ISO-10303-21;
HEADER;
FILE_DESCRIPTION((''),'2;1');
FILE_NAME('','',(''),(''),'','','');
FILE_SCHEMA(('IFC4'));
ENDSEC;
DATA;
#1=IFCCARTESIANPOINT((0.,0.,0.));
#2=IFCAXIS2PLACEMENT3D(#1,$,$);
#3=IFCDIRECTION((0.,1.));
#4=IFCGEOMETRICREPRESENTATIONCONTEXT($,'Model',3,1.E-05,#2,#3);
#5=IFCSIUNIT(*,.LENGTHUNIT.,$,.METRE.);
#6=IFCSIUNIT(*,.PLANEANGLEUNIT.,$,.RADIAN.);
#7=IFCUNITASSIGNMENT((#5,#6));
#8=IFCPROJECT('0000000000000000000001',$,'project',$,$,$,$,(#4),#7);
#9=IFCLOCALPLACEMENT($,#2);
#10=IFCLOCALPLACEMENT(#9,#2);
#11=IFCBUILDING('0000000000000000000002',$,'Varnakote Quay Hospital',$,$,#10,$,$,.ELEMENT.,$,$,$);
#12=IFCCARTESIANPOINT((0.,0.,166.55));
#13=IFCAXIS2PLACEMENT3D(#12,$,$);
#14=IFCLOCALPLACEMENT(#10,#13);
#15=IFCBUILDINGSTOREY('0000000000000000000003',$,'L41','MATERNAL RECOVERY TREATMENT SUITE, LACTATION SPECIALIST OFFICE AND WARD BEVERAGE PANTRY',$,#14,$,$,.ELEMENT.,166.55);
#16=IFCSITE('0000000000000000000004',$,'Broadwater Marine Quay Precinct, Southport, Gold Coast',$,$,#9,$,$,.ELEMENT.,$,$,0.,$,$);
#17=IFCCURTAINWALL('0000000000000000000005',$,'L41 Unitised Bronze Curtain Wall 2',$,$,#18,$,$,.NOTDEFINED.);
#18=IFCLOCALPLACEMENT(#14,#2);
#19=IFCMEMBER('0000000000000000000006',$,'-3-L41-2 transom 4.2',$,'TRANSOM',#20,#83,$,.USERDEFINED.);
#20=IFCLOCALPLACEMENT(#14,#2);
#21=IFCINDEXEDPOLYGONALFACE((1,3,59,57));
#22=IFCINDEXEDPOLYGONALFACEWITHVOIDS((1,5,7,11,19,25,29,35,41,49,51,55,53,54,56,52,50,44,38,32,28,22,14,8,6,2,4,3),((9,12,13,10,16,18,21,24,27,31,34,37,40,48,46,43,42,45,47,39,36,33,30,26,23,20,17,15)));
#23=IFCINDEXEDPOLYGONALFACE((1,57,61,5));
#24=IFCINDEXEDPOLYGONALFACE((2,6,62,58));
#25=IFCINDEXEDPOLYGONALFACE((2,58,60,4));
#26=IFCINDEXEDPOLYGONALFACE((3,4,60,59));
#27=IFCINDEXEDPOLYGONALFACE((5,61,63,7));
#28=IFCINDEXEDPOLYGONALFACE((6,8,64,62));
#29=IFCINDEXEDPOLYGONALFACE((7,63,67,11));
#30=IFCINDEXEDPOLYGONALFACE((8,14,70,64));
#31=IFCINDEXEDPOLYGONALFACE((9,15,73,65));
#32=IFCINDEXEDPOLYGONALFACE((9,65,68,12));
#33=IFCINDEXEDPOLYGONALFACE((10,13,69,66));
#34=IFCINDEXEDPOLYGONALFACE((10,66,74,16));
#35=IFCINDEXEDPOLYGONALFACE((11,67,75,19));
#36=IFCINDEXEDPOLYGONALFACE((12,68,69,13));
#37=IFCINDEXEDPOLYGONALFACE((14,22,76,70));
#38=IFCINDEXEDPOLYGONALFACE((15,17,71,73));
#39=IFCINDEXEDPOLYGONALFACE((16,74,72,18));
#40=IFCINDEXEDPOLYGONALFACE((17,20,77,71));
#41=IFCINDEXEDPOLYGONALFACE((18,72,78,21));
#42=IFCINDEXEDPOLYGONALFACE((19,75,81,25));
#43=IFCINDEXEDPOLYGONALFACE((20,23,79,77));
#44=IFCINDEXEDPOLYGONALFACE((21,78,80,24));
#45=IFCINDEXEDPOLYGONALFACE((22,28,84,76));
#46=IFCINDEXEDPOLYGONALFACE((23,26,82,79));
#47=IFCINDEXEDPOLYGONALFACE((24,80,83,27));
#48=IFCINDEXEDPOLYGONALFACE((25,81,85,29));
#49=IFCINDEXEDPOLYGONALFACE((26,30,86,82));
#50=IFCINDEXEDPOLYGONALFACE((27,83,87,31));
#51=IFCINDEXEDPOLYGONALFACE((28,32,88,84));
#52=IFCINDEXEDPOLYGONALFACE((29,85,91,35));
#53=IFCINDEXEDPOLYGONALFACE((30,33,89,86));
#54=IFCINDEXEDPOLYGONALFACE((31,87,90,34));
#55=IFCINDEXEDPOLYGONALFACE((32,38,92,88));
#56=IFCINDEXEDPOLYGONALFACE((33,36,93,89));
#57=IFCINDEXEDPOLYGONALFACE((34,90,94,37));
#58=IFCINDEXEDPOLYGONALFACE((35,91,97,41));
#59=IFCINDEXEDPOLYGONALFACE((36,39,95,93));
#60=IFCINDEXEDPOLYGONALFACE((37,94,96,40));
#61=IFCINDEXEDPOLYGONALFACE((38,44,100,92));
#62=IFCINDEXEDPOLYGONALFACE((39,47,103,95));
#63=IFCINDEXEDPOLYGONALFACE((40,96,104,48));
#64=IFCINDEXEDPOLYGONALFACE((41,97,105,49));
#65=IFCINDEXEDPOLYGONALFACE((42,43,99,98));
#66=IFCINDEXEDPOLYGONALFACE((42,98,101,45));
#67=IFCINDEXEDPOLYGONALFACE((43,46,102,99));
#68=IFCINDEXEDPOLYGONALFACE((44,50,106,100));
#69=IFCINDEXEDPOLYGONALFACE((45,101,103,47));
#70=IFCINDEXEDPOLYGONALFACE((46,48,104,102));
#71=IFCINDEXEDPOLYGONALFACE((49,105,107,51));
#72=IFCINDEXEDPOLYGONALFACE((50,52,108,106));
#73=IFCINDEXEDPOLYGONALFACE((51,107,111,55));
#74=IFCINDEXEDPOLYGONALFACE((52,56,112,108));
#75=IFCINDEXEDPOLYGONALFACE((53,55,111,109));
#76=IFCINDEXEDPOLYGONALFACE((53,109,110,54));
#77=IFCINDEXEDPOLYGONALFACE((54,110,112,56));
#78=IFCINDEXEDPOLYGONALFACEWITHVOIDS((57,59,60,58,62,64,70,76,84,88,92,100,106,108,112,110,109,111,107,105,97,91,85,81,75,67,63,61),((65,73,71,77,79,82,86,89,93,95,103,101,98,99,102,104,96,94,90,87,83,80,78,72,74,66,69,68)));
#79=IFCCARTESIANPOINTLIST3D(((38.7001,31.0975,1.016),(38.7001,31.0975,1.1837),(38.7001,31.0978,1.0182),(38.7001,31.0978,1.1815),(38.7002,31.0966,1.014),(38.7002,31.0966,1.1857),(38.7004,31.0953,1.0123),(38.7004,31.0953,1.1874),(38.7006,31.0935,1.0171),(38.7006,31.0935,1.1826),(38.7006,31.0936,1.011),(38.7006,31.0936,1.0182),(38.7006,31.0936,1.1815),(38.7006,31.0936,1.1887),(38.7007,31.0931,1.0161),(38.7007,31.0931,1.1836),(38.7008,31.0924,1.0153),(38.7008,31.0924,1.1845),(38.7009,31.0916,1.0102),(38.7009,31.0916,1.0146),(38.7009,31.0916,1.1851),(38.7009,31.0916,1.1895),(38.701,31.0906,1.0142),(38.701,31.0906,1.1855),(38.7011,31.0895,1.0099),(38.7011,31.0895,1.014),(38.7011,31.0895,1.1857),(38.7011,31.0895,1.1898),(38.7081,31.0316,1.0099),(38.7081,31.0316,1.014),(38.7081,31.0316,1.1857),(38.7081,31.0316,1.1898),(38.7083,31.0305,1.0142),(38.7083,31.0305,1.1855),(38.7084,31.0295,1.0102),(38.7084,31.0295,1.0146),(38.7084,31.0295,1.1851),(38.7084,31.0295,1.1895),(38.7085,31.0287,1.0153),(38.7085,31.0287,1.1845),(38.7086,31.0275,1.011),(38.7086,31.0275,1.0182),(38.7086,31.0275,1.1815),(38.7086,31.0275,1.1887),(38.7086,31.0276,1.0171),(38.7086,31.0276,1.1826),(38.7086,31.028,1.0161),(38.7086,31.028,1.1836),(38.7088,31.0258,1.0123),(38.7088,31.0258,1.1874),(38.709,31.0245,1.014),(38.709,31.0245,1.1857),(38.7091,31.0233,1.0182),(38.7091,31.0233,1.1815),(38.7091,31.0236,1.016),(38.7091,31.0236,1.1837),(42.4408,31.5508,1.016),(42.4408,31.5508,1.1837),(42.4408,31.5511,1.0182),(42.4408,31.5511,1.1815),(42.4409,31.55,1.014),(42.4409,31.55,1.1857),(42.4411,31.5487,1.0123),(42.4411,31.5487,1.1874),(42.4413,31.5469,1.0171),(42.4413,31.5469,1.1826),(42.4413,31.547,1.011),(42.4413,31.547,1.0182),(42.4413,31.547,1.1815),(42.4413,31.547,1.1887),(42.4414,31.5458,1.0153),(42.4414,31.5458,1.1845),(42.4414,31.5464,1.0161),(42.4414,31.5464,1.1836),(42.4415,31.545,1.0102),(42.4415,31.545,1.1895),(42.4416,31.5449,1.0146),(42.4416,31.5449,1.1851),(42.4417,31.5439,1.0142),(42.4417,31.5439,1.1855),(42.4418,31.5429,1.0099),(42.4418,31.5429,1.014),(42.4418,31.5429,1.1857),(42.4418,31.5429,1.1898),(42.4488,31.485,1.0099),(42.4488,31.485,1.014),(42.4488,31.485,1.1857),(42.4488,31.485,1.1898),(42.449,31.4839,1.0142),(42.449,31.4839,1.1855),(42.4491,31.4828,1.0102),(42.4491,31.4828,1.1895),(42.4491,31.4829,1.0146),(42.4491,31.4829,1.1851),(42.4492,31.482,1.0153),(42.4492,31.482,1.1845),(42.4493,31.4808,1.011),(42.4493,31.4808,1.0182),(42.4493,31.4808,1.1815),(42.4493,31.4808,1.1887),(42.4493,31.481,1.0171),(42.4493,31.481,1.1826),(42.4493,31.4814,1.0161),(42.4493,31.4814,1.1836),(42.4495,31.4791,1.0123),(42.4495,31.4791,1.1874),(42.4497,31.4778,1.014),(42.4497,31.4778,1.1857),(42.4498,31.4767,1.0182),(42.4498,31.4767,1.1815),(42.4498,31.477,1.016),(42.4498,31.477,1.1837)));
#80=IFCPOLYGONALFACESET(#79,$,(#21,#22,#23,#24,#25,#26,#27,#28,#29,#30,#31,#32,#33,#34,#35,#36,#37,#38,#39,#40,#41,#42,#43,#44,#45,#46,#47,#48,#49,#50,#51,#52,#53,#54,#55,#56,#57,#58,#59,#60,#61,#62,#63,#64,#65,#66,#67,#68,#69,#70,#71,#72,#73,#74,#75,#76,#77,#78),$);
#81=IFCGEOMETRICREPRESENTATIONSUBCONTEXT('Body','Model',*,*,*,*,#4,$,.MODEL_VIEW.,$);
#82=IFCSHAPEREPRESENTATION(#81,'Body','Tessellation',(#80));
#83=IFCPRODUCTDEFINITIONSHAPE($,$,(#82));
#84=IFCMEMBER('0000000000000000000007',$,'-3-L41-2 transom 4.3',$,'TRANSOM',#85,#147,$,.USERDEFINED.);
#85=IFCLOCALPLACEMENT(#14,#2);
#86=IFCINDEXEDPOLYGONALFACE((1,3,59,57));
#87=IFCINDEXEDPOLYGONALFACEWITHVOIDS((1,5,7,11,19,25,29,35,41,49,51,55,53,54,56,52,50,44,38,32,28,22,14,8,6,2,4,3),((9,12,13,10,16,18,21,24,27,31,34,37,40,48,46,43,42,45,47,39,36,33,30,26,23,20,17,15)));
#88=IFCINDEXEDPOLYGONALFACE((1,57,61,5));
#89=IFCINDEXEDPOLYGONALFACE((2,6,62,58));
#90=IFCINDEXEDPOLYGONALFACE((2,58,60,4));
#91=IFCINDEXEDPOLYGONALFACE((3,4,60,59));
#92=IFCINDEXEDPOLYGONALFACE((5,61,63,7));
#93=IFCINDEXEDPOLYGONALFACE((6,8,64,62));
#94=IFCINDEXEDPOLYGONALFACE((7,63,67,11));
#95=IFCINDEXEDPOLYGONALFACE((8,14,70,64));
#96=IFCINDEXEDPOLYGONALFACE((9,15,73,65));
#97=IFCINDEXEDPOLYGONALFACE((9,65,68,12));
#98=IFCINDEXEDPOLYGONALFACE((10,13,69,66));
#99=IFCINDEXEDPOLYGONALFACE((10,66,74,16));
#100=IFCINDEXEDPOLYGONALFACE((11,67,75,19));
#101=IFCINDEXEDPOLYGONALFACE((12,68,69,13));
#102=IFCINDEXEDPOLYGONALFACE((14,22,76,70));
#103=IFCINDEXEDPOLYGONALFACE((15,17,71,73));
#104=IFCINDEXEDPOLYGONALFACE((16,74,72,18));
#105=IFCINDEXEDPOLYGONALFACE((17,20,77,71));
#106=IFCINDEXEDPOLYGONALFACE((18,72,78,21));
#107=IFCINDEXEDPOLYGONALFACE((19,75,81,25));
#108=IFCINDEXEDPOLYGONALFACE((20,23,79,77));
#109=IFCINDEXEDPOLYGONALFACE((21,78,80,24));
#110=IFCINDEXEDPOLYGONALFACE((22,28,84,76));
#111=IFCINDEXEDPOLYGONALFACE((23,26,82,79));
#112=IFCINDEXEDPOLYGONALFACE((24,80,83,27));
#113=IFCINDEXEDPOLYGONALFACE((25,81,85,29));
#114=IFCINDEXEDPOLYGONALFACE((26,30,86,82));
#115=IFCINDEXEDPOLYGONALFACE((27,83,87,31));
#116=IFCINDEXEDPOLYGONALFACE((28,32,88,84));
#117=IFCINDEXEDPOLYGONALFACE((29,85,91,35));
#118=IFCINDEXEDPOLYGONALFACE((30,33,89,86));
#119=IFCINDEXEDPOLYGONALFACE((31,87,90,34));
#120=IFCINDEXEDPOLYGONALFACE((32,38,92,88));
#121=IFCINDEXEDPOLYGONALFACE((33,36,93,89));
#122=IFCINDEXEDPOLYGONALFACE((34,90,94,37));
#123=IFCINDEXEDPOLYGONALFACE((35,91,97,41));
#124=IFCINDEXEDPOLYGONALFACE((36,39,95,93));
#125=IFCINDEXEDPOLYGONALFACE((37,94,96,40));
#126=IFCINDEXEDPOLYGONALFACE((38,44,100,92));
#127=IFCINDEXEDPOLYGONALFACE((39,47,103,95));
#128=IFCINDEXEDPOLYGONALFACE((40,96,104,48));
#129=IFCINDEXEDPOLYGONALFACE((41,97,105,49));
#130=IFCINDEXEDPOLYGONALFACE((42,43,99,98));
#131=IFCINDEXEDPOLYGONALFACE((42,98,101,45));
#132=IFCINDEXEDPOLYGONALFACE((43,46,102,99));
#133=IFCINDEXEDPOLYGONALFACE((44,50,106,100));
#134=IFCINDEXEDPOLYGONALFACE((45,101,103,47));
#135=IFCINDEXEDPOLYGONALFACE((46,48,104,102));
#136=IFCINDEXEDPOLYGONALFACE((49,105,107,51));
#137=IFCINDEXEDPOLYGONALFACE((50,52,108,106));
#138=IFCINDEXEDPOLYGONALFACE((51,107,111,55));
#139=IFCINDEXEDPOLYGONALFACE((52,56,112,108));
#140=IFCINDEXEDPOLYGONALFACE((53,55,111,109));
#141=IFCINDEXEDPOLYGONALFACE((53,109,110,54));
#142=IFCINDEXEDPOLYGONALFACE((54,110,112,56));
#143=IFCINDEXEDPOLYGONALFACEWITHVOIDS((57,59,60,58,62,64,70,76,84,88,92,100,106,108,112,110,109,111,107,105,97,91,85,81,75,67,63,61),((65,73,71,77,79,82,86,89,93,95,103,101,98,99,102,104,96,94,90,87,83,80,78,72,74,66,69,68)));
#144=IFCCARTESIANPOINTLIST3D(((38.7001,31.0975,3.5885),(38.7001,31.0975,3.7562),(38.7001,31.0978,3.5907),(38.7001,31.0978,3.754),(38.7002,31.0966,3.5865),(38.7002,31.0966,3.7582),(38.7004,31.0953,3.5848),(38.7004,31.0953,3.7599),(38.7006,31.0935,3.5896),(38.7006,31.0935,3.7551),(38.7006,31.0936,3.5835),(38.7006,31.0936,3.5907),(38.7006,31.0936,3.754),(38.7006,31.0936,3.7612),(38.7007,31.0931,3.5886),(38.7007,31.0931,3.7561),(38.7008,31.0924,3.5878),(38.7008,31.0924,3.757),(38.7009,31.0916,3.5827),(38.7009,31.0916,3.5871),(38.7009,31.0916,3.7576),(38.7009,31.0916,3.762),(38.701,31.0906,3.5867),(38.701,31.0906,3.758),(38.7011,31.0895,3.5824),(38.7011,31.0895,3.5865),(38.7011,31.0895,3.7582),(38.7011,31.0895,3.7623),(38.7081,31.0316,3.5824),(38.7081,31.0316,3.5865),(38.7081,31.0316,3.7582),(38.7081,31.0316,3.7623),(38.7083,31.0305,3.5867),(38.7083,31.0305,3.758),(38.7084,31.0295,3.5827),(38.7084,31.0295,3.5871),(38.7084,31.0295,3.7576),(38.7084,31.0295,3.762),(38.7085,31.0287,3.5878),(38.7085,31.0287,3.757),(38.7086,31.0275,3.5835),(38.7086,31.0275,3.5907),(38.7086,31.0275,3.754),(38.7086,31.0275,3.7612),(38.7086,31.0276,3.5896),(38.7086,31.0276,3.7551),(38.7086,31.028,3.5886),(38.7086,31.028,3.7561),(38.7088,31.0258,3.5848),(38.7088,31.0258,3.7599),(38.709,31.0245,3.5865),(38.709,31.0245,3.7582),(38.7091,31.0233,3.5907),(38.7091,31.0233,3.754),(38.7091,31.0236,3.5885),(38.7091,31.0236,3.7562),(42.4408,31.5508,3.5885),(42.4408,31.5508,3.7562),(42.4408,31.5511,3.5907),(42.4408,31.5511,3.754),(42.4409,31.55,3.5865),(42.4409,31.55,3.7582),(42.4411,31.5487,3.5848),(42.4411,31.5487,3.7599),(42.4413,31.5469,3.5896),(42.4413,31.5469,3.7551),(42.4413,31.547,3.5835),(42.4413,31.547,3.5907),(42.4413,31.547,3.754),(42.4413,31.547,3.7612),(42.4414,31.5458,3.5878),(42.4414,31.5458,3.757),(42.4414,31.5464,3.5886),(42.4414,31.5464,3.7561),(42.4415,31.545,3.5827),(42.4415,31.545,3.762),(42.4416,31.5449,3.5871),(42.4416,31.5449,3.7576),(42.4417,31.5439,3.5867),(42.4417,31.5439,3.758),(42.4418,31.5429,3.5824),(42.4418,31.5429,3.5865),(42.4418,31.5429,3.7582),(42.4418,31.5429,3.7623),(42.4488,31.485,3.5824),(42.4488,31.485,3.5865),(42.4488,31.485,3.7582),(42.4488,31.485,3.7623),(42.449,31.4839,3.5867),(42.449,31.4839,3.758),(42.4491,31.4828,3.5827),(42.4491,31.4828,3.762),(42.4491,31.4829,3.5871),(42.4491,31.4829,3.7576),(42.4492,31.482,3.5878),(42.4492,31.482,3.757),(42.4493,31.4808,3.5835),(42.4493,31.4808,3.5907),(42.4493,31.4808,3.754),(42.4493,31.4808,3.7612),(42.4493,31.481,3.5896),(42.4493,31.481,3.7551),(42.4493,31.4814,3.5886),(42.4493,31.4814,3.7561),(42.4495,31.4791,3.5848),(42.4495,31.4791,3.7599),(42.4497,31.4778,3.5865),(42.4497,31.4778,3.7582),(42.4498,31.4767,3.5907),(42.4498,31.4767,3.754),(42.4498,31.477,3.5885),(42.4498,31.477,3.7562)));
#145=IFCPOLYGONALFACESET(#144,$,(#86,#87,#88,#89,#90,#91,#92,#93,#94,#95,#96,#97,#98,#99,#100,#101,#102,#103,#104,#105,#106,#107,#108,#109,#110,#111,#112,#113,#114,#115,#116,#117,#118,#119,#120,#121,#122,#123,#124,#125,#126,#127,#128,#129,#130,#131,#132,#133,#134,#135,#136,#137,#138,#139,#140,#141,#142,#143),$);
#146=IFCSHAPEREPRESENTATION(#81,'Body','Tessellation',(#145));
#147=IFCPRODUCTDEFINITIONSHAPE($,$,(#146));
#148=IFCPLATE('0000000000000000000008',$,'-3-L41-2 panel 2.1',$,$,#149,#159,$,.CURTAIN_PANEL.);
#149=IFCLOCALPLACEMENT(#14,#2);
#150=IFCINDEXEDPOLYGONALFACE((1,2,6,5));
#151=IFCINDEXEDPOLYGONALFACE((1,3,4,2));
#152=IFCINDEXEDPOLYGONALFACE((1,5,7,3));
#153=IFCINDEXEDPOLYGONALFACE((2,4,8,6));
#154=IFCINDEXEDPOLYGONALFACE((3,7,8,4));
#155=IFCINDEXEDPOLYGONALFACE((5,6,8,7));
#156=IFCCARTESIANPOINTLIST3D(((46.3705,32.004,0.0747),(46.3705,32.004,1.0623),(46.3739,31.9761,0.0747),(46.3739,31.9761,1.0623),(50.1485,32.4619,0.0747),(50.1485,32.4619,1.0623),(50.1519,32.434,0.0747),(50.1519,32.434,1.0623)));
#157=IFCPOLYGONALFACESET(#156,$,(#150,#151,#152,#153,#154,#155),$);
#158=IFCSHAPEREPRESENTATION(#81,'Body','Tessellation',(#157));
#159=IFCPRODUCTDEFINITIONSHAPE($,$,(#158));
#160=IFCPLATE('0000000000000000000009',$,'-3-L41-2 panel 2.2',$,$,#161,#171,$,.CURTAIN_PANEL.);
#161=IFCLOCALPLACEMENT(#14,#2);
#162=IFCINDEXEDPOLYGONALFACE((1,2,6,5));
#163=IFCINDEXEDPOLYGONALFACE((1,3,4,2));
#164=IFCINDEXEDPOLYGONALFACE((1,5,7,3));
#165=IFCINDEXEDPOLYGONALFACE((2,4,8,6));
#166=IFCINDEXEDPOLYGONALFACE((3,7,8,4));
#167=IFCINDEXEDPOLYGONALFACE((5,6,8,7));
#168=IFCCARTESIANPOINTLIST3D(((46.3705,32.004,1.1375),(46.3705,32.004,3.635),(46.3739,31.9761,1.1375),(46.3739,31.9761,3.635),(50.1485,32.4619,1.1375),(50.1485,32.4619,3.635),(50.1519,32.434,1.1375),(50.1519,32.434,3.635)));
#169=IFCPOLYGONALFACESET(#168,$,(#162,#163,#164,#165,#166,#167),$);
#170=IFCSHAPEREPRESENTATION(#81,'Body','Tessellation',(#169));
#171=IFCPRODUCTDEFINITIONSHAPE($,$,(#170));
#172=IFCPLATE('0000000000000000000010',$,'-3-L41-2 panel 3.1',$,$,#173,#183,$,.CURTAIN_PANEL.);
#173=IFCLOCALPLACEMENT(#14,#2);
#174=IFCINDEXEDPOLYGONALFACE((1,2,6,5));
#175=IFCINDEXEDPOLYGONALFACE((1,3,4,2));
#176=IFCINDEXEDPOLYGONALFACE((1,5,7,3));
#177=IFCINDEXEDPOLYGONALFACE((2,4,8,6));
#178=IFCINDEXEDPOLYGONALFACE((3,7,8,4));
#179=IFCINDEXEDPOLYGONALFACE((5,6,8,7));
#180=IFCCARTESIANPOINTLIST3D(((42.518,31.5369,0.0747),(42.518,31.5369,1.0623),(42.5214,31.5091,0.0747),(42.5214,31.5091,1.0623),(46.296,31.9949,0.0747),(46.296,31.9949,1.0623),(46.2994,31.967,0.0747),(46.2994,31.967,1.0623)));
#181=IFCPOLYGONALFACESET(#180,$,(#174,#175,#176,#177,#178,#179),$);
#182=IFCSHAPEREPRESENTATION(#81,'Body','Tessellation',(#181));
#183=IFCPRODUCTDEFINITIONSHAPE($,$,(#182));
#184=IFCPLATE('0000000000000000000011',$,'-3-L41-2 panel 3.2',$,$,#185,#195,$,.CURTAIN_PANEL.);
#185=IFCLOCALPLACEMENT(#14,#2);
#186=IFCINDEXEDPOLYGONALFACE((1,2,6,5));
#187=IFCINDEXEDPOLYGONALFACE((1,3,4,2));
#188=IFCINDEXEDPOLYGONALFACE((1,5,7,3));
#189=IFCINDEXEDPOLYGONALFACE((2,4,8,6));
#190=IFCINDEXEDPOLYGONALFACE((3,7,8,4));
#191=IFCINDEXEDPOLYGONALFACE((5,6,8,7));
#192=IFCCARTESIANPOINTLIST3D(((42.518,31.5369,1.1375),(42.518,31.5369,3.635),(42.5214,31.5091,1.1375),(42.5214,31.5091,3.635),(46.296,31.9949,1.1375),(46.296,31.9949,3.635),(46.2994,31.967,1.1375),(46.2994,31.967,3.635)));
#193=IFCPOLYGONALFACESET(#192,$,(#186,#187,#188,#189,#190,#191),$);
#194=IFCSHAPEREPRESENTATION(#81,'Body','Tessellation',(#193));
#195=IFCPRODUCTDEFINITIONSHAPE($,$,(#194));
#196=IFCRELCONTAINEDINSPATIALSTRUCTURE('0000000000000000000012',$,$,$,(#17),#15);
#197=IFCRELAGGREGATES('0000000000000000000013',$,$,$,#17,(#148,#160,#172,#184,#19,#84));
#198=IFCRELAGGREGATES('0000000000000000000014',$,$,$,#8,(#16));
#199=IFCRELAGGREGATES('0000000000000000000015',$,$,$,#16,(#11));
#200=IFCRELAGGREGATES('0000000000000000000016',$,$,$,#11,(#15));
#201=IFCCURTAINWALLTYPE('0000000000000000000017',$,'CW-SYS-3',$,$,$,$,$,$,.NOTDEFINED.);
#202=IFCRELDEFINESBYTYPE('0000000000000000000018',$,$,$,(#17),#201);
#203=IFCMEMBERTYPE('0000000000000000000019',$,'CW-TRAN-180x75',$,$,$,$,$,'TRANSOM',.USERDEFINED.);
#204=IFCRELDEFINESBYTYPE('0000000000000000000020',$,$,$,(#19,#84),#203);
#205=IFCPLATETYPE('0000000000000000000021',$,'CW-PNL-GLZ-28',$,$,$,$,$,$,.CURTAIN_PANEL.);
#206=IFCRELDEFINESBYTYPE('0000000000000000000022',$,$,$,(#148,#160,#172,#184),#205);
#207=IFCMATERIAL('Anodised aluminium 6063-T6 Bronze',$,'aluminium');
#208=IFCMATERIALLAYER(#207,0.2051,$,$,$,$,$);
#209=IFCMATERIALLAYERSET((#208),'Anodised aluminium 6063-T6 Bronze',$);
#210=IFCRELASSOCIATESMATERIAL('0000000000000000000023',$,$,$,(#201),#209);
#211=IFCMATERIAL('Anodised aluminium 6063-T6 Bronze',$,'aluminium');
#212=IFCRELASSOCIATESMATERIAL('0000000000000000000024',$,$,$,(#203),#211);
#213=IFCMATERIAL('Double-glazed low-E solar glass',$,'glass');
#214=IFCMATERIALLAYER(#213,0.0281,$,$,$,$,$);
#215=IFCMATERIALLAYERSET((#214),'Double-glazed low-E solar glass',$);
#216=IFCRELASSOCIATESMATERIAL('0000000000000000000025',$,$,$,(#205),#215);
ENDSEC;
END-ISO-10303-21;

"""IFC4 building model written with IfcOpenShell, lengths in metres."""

from ifc_helpers import new_model, si_unit, direction, frame, origin, origin_2d, place, context, subcontext, project, spatial, rectangle, hollow_rectangle, extrude, material, layer, layer_set, material_profile, profile_set, type_object, element, aggregate, save


model = new_model("IFC4")

# Units and contexts
model_context = context("Model", 3, precision=1e-05, world=origin(), true_north=direction((0.0, 1.0)))
body_context = subcontext(model_context, "Body", "Model", "MODEL_VIEW")
ifc_project = project(units=[si_unit("LENGTHUNIT", "METRE"), si_unit("PLANEANGLEUNIT", "RADIAN")], contexts=[model_context])

# Site, building, storey
site_placement = place(None, origin())
site = spatial("IfcSite", under=ifc_project, at=site_placement, Name="Broadwater Marine Quay Precinct, Southport, Gold Coast", CompositionType="ELEMENT", RefElevation=0.0)
building_placement = place(site_placement, origin())
building = spatial("IfcBuilding", under=site, at=building_placement, Name="Varnakote Quay Hospital", CompositionType="ELEMENT")
storey_placement = place(building_placement, frame((0.0, 0.0, 166.55)))
storey = spatial("IfcBuildingStorey", under=building, at=storey_placement, Name="L41", Description="MATERNAL RECOVERY TREATMENT SUITE, LACTATION SPECIALIST OFFICE AND WARD BEVERAGE PANTRY", CompositionType="ELEMENT", Elevation=166.55)

# Curtain wall, members, plates
ifc_material_1 = material(Name="Anodised aluminium 6063-T6 Bronze", Category="aluminium")
ifc_layer_1 = layer(ifc_material_1, 0.2051)
ifc_layer_set_1 = layer_set([ifc_layer_1], Name="Anodised aluminium 6063-T6 Bronze")
curtain_wall_type = type_object("IfcCurtainWallType", Name="CW-SYS-3", PredefinedType="NOTDEFINED", material=ifc_layer_set_1)
curtain_wall_placement = place(storey_placement, origin())
curtain_wall = element("IfcCurtainWall", 1, at=curtain_wall_placement, inside=storey, type_object=curtain_wall_type, Name="L41 Unitised Bronze Curtain Wall 2", PredefinedType="NOTDEFINED")
ifc_material_2 = material(Name="Anodised aluminium 6063-T6 Bronze", Category="aluminium")
ifc_material_profile_1 = material_profile(ifc_material_2, hollow_rectangle(XDim=0.075, YDim=0.1799, WallThickness=0.0042, InnerFilletRadius=0.0042, OuterFilletRadius=0.0083, at=origin_2d()), Name="CW-TRAN-180x75")
ifc_profile_set_1 = profile_set([ifc_material_profile_1], Name="Anodised aluminium 6063-T6 Bronze")
member_type_1 = type_object("IfcMemberType", Name="CW-TRAN-180x75", ElementType="TRANSOM", PredefinedType="USERDEFINED", material=ifc_profile_set_1)
member_1_placement = place(storey_placement, frame((42.4453, 31.5139, 1.0999), z_axis=(-0.992735, -0.120318, 0.0), x_axis=(0.120318, -0.992735, 0.0)))
member_1 = element("IfcMember", 2, at=member_1_placement, type_object=member_type_1, Name="-3-L41-2 transom 4.2", ObjectType="TRANSOM", PredefinedType="USERDEFINED", context=body_context, shape_type="SweptSolid", body=[
    extrude(hollow_rectangle(XDim=0.075, YDim=0.1799, WallThickness=0.0042, InnerFilletRadius=0.0042, OuterFilletRadius=0.0083, at=origin_2d()), origin(), (0.0, 0.0, 1.0), 3.7681),
])
member_2_placement = place(storey_placement, frame((42.4453, 31.5139, 3.6724), z_axis=(-0.992735, -0.120318, 0.0), x_axis=(0.120318, -0.992735, 0.0)))
member_2 = element("IfcMember", 3, at=member_2_placement, type_object=member_type_1, Name="-3-L41-2 transom 4.3", ObjectType="TRANSOM", PredefinedType="USERDEFINED", context=body_context, shape_type="SweptSolid", body=[
    extrude(hollow_rectangle(XDim=0.075, YDim=0.1799, WallThickness=0.0042, InnerFilletRadius=0.0042, OuterFilletRadius=0.0083, at=origin_2d()), origin(), (0.0, 0.0, 1.0), 3.7681),
])
ifc_material_3 = material(Name="Double-glazed low-E solar glass", Category="glass")
ifc_layer_2 = layer(ifc_material_3, 0.0281)
ifc_layer_set_2 = layer_set([ifc_layer_2], Name="Double-glazed low-E solar glass")
plate_type = type_object("IfcPlateType", Name="CW-PNL-GLZ-28", PredefinedType="CURTAIN_PANEL", material=ifc_layer_set_2)
plate_1_placement = place(storey_placement, frame((48.2612, 32.219, 0.0747), z_axis=(0.0, 0.0, 1.0), x_axis=(-0.992734, -0.120327, 0.0)))
plate_1 = element("IfcPlate", 4, at=plate_1_placement, type_object=plate_type, Name="-3-L41-2 panel 2.1", PredefinedType="CURTAIN_PANEL", context=body_context, shape_type="SweptSolid", body=[
    extrude(rectangle(XDim=3.8057, YDim=0.0281, at=origin_2d()), origin(), (0.0, 0.0, 1.0), 0.9875),
])
plate_2_placement = place(storey_placement, frame((48.2612, 32.219, 1.1375), z_axis=(0.0, 0.0, 1.0), x_axis=(-0.992734, -0.120327, 0.0)))
plate_2 = element("IfcPlate", 5, at=plate_2_placement, type_object=plate_type, Name="-3-L41-2 panel 2.2", PredefinedType="CURTAIN_PANEL", context=body_context, shape_type="SweptSolid", body=[
    extrude(rectangle(XDim=3.8057, YDim=0.0281, at=origin_2d()), origin(), (0.0, 0.0, 1.0), 2.4976),
])
plate_3_placement = place(storey_placement, frame((44.4087, 31.752, 0.0747), z_axis=(0.0, 0.0, 1.0), x_axis=(-0.992734, -0.120327, 0.0)))
plate_3 = element("IfcPlate", 6, at=plate_3_placement, type_object=plate_type, Name="-3-L41-2 panel 3.1", PredefinedType="CURTAIN_PANEL", context=body_context, shape_type="SweptSolid", body=[
    extrude(rectangle(XDim=3.8057, YDim=0.0281, at=origin_2d()), origin(), (0.0, 0.0, 1.0), 0.9875),
])
plate_4_placement = place(storey_placement, frame((44.4087, 31.752, 1.1375), z_axis=(0.0, 0.0, 1.0), x_axis=(-0.992734, -0.120327, 0.0)))
plate_4 = element("IfcPlate", 7, at=plate_4_placement, type_object=plate_type, Name="-3-L41-2 panel 3.2", PredefinedType="CURTAIN_PANEL", context=body_context, shape_type="SweptSolid", body=[
    extrude(rectangle(XDim=3.8057, YDim=0.0281, at=origin_2d()), origin(), (0.0, 0.0, 1.0), 2.4976),
])
aggregate(curtain_wall, [plate_1, plate_2, plate_3, plate_4, member_1, member_2])

save(model, "model.ifc")
